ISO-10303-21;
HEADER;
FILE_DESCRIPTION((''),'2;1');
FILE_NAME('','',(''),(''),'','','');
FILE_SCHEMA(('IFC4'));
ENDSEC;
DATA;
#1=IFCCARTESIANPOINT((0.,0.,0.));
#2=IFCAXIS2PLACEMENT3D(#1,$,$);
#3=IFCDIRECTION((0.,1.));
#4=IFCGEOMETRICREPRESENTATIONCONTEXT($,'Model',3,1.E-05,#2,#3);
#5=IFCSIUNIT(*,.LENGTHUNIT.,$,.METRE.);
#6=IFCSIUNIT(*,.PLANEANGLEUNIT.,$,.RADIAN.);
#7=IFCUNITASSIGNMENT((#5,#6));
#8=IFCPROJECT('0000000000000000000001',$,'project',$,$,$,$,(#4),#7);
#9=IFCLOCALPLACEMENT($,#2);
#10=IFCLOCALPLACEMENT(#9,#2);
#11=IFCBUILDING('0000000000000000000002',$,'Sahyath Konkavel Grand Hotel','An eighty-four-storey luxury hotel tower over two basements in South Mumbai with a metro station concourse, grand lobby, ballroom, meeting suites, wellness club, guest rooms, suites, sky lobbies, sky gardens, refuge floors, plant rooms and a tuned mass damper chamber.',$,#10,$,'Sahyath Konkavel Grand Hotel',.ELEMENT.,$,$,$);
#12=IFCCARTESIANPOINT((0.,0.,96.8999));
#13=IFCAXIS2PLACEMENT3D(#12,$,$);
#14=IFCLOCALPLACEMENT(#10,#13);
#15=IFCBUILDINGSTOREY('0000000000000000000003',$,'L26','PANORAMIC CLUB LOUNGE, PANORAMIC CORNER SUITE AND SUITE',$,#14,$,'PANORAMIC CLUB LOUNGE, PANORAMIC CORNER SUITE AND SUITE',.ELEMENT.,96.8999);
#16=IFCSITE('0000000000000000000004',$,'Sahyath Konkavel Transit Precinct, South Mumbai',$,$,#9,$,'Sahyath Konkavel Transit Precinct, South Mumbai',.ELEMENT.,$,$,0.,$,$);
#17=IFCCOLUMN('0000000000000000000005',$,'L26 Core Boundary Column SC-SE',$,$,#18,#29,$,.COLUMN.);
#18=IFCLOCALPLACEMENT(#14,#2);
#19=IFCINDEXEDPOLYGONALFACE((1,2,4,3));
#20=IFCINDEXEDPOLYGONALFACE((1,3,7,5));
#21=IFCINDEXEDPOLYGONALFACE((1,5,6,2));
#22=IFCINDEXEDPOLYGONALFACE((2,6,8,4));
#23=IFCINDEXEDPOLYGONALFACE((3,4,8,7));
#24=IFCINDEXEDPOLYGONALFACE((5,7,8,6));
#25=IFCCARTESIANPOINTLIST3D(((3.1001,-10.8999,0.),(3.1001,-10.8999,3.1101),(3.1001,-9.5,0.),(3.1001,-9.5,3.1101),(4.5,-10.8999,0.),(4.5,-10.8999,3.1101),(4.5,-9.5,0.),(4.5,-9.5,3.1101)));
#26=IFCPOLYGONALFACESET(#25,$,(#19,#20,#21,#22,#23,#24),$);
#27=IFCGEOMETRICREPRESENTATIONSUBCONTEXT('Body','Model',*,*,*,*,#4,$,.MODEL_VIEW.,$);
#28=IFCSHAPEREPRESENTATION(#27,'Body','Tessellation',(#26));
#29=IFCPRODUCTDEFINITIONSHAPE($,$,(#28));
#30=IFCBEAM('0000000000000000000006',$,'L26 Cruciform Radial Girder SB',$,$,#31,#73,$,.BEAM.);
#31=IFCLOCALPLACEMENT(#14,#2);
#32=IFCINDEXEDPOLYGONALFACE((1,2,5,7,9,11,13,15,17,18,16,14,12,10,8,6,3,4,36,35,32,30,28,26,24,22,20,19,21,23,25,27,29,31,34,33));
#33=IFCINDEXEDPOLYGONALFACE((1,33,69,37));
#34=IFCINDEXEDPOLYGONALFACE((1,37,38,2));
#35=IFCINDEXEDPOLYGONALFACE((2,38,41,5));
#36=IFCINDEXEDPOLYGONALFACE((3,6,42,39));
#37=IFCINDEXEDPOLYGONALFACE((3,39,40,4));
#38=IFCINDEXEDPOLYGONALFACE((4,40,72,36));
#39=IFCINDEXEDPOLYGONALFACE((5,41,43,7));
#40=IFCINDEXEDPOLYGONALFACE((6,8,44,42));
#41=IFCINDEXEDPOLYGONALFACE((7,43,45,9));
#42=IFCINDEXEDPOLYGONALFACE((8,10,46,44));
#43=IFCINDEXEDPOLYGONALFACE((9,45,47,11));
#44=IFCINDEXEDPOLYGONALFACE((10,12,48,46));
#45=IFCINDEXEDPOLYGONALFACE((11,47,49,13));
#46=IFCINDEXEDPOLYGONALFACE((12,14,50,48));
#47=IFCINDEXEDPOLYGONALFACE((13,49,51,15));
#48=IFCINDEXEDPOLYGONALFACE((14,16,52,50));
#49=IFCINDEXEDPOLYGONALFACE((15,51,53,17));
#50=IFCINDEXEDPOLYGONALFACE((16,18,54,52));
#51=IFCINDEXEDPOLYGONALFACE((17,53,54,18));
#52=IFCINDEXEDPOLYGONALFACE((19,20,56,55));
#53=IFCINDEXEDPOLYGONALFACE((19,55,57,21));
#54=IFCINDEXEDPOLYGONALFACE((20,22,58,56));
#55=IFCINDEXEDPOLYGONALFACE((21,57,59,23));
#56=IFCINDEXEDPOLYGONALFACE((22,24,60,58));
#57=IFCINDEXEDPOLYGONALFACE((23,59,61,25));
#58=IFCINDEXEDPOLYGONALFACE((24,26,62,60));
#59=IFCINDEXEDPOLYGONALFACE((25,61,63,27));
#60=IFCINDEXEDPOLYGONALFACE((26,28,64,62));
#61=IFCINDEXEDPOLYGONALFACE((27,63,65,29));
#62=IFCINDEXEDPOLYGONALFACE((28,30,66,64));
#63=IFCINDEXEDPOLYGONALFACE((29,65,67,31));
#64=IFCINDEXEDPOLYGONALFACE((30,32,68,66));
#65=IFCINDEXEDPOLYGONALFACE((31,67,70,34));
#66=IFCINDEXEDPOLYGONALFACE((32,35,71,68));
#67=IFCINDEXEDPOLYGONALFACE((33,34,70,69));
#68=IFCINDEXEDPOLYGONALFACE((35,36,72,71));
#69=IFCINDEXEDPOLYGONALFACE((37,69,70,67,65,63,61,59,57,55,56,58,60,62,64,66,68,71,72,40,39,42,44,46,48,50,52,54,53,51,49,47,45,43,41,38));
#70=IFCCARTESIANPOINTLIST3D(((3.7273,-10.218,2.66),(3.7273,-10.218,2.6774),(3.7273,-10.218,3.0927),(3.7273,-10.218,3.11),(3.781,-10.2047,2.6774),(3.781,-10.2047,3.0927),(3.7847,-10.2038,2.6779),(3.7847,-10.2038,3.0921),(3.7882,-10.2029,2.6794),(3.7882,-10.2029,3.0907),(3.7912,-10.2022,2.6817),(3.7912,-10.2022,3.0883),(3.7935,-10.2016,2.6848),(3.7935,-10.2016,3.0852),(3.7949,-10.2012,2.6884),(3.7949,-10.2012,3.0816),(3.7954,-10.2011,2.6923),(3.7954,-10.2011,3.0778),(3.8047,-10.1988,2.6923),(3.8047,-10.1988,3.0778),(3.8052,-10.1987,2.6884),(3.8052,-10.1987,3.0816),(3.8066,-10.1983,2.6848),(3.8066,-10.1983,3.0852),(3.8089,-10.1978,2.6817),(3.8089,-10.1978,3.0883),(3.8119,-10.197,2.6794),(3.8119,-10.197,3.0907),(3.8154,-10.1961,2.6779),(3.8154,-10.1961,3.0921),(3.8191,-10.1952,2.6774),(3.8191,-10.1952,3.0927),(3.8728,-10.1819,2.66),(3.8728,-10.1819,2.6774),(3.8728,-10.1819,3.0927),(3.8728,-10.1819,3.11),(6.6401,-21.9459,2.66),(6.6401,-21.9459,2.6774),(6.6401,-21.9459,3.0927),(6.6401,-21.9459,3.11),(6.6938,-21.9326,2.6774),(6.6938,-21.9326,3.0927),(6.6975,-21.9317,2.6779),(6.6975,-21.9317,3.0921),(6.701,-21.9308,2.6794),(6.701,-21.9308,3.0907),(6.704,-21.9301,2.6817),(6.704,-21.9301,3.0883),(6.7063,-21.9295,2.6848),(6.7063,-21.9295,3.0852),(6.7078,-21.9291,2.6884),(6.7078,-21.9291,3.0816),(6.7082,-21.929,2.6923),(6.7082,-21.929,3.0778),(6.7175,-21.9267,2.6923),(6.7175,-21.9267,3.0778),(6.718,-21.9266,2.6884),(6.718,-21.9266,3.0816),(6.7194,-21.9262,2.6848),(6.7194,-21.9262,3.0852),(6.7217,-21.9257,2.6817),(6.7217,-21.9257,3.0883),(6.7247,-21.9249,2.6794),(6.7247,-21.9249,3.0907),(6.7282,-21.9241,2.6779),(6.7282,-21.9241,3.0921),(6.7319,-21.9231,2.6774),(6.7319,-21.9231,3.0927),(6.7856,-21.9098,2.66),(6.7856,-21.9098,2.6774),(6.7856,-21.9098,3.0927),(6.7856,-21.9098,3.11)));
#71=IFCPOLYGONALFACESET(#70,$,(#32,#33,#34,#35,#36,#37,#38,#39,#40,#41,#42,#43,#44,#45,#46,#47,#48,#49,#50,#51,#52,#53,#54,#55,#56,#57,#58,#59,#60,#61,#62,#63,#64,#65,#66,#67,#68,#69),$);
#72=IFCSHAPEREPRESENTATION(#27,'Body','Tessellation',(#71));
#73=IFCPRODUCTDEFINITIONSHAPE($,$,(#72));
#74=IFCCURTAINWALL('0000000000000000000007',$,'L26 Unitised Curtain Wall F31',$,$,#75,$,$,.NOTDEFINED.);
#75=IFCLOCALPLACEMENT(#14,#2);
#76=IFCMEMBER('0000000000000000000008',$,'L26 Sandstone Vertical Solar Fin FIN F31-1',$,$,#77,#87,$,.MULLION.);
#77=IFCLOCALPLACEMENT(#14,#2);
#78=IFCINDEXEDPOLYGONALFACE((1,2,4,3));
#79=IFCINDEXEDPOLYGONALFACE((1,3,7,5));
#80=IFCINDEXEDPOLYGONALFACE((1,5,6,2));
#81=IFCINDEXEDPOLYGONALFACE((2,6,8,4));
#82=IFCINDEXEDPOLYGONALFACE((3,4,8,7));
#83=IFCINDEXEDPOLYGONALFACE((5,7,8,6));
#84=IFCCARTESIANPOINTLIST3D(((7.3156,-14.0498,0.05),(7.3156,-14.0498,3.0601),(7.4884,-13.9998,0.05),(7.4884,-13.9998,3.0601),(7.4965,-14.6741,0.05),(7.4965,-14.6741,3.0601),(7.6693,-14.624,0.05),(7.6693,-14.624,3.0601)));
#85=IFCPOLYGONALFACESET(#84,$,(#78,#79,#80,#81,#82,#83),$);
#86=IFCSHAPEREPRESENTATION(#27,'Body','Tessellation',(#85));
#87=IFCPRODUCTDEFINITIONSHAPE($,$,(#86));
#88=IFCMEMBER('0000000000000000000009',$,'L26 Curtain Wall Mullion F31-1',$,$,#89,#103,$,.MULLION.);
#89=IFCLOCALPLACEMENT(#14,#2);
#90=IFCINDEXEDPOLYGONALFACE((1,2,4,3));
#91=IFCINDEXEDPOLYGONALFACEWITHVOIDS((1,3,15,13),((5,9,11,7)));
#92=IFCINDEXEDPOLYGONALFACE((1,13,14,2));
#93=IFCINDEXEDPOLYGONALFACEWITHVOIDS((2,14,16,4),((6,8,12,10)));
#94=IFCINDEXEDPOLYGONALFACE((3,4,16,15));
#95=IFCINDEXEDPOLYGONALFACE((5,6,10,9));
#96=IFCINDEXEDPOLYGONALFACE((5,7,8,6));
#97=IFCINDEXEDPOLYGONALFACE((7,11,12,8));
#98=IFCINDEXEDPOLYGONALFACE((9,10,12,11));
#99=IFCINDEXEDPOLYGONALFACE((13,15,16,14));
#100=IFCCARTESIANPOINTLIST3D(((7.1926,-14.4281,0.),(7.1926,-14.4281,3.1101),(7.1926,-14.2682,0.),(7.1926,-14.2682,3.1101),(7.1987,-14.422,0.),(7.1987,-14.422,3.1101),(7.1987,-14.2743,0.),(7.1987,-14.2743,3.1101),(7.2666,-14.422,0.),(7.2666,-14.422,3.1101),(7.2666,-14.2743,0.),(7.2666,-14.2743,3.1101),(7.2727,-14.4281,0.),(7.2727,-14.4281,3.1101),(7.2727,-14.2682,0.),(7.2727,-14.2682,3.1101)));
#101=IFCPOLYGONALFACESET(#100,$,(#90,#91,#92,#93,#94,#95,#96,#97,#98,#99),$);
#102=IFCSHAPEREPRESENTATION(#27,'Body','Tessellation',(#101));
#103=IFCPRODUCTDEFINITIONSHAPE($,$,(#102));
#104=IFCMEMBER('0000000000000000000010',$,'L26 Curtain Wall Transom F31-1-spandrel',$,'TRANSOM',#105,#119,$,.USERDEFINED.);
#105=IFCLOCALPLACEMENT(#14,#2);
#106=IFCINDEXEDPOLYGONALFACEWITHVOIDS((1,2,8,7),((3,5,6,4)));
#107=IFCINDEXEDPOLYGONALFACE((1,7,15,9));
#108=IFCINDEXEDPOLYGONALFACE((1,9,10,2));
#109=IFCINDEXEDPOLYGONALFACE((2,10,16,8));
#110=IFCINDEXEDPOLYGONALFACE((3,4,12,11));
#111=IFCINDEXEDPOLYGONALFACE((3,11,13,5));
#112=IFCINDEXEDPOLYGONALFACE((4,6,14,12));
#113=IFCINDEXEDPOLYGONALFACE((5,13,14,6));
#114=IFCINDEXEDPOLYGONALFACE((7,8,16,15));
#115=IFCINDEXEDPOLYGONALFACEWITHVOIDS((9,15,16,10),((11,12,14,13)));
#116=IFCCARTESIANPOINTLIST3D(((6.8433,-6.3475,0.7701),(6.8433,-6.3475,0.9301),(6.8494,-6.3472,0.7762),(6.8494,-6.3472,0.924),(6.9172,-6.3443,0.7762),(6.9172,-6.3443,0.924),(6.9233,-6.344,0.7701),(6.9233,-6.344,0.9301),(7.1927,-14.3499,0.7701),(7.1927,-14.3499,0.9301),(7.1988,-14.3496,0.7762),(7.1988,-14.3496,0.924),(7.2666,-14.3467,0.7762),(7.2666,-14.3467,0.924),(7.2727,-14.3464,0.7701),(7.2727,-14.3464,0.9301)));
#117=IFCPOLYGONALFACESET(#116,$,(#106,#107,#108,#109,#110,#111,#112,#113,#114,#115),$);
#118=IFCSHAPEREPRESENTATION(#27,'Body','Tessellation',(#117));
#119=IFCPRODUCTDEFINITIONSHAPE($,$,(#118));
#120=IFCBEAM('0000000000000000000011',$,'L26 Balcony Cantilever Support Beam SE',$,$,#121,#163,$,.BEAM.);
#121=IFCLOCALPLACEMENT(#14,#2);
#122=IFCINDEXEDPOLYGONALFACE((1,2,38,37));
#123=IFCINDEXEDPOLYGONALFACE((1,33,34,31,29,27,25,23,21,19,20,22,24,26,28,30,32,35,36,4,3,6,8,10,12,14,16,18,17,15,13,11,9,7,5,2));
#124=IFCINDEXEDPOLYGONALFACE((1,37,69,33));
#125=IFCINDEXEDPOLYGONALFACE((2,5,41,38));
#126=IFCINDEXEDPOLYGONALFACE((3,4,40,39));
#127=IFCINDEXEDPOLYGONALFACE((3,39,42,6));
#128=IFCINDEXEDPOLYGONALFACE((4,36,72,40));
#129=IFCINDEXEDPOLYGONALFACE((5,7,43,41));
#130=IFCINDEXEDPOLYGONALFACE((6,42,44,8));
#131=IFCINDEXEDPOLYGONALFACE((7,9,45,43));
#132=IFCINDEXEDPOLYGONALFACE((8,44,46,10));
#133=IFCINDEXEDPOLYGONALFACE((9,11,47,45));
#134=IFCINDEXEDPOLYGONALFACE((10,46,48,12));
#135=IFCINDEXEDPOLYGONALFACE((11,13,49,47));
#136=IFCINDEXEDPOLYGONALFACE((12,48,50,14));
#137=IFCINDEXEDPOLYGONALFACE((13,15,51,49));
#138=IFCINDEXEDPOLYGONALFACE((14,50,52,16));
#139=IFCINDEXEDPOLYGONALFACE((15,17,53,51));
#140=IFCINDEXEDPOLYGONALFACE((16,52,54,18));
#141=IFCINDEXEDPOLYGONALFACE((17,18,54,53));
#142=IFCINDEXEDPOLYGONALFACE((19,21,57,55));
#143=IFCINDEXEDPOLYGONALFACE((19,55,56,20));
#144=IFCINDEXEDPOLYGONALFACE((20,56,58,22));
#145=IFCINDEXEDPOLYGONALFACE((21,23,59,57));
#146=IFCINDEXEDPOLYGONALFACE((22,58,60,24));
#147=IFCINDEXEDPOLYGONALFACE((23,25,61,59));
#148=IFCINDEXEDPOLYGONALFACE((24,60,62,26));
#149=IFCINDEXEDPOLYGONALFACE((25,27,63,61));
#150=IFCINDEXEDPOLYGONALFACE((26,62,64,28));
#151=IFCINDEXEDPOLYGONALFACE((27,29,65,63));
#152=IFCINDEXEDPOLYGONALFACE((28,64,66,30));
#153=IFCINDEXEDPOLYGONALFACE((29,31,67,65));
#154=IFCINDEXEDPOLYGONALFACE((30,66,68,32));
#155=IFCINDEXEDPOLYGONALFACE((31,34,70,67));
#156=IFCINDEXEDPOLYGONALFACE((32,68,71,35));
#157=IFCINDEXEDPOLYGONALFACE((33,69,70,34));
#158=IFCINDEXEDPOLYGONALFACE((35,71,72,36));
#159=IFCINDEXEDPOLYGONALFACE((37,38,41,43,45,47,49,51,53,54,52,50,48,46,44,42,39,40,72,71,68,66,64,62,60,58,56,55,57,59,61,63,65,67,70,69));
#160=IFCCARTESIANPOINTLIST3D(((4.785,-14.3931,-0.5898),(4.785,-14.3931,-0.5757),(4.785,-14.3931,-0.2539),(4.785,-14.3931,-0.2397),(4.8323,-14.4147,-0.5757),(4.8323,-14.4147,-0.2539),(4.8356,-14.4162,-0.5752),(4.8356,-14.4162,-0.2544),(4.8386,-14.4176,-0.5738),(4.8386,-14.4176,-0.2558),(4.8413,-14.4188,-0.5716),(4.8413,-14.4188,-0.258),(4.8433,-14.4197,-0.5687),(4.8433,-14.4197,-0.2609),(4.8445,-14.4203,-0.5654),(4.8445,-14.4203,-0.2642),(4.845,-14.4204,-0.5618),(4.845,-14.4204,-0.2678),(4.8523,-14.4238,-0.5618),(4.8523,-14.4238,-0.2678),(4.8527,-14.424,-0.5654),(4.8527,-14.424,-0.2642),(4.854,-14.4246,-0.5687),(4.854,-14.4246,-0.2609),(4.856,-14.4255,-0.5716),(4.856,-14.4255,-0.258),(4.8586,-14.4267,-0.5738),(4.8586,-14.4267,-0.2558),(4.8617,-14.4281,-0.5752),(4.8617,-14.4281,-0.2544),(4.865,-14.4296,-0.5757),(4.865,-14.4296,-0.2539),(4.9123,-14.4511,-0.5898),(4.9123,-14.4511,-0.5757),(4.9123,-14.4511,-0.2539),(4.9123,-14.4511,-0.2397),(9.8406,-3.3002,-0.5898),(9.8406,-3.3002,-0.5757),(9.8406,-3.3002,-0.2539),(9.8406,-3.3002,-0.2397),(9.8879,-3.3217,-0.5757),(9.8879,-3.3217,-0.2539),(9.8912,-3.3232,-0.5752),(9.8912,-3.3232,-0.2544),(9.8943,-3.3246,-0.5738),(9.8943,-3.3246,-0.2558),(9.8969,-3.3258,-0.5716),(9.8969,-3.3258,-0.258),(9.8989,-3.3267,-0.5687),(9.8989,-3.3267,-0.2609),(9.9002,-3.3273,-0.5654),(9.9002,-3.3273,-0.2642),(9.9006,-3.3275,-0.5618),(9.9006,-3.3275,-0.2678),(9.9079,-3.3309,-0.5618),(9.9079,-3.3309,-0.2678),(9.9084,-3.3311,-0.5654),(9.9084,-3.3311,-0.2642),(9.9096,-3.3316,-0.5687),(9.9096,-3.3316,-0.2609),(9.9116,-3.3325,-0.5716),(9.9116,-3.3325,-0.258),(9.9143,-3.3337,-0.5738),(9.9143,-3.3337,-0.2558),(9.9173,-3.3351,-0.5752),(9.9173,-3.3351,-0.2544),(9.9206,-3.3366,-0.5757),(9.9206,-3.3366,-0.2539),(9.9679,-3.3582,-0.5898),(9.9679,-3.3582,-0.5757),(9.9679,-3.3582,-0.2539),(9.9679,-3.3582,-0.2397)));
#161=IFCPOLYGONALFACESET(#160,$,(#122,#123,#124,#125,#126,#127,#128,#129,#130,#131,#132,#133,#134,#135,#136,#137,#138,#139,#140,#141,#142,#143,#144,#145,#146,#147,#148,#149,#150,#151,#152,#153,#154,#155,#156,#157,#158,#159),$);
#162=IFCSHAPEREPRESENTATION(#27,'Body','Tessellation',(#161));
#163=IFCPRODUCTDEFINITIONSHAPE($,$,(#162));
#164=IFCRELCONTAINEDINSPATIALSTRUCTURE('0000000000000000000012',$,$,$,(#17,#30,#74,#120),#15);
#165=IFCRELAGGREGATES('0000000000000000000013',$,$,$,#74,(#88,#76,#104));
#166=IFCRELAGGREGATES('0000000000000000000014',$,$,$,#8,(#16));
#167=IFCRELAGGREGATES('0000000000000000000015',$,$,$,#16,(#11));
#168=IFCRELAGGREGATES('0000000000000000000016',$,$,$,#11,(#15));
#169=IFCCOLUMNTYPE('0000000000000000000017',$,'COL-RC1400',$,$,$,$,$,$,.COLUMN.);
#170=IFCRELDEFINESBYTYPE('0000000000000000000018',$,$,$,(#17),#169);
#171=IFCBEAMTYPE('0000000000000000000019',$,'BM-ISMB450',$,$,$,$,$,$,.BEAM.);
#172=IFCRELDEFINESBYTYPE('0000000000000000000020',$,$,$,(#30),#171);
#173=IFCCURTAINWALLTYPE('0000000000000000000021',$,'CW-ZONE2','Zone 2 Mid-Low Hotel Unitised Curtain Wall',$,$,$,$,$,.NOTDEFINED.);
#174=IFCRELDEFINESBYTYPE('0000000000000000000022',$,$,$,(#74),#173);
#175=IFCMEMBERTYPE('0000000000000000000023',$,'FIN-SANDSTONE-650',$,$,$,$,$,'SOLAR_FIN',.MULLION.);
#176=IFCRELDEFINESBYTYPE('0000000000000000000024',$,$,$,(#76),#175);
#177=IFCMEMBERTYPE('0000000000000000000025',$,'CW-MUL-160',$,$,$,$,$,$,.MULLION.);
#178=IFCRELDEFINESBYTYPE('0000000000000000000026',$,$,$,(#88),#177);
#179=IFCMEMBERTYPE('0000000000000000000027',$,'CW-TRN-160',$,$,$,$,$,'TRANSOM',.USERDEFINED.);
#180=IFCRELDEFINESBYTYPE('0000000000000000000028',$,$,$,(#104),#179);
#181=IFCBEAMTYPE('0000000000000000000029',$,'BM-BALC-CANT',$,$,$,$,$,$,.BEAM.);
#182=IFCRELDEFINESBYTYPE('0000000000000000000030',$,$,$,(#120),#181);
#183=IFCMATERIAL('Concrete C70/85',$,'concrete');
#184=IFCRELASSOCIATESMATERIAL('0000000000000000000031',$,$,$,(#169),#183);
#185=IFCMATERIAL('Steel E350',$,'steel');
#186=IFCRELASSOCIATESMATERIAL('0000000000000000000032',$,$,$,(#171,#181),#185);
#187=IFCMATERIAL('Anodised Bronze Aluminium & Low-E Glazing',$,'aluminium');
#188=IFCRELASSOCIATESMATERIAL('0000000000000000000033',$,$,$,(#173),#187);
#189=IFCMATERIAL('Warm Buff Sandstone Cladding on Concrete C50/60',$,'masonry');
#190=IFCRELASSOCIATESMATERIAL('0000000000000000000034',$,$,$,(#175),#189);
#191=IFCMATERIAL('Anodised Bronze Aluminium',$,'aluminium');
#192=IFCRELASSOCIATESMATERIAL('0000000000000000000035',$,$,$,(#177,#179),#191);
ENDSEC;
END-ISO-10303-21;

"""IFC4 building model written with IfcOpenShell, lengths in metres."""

from ifc_helpers import new_model, si_unit, direction, frame, origin, origin_2d, place, context, subcontext, project, spatial, rectangle, hollow_rectangle, i_section, extrude, source, transform, mapped, material, material_profile, profile_set, type_object, element, aggregate, save


model = new_model("IFC4")

# Units and contexts
model_context = context("Model", 3, precision=1e-05, world=origin(), true_north=direction((0.0, 1.0)))
body_context = subcontext(model_context, "Body", "Model", "MODEL_VIEW")
ifc_project = project(units=[si_unit("LENGTHUNIT", "METRE"), si_unit("PLANEANGLEUNIT", "RADIAN")], contexts=[model_context])

# Site, building, storey
site_placement = place(None, origin())
site = spatial("IfcSite", under=ifc_project, at=site_placement, Name="Sahyath Konkavel Transit Precinct, South Mumbai", LongName="Sahyath Konkavel Transit Precinct, South Mumbai", CompositionType="ELEMENT", RefElevation=0.0)
building_placement = place(site_placement, origin())
building = spatial("IfcBuilding", under=site, at=building_placement, Name="Sahyath Konkavel Grand Hotel", Description="An eighty-four-storey luxury hotel tower over two basements in South Mumbai with a metro station concourse, grand lobby, ballroom, meeting suites, wellness club, guest rooms, suites, sky lobbies, sky gardens, refuge floors, plant rooms and a tuned mass damper chamber.", LongName="Sahyath Konkavel Grand Hotel", CompositionType="ELEMENT")
storey_placement = place(building_placement, frame((0.0, 0.0, 96.8999)))
storey = spatial("IfcBuildingStorey", under=building, at=storey_placement, Name="L26", Description="PANORAMIC CLUB LOUNGE, PANORAMIC CORNER SUITE AND SUITE", LongName="PANORAMIC CLUB LOUNGE, PANORAMIC CORNER SUITE AND SUITE", CompositionType="ELEMENT", Elevation=96.8999)

# Column
ifc_material_1 = material(Name="Concrete C70/85", Category="concrete")
ifc_material_profile_1 = material_profile(ifc_material_1, rectangle(XDim=1.3999, YDim=1.3999, at=origin_2d()), Name="RC 1400x1400")
ifc_profile_set_1 = profile_set([ifc_material_profile_1], Name="Concrete C70/85")
column_type = type_object("IfcColumnType", Name="COL-RC1400", PredefinedType="COLUMN", material=ifc_profile_set_1)
shared_shape_1 = source(origin(), body_context, "Body", "SweptSolid", [
    extrude(rectangle(XDim=1.3999, YDim=1.3999, at=origin_2d()), origin(), (0.0, 0.0, 1.0), 3.1101),
])
column_placement = place(storey_placement, frame((3.8, -10.2, 0.0), z_axis=(0.0, 0.0, 1.0), x_axis=(1.0, 0.0, 0.0)))
element("IfcColumn", 1, at=column_placement, inside=storey, type_object=column_type, Name="L26 Core Boundary Column SC-SE", PredefinedType="COLUMN", context=body_context, shape_type="MappedRepresentation", body=[
    mapped(shared_shape_1, transform((0.0, 0.0, 0.0), scale=1.0)),
])

# Beam
ifc_material_2 = material(Name="Steel E350", Category="steel")
ifc_material_profile_2 = material_profile(ifc_material_2, i_section(OverallWidth=0.1499, OverallDepth=0.45, WebThickness=0.0095, FlangeThickness=0.0173, FilletRadius=0.0149, at=origin_2d()), Name="ISMB 450")
ifc_profile_set_2 = profile_set([ifc_material_profile_2], Name="Steel E350")
beam_type_1 = type_object("IfcBeamType", Name="BM-ISMB450", PredefinedType="BEAM", material=ifc_profile_set_2)
shared_shape_2 = source(origin(), body_context, "Body", "SweptSolid", [
    extrude(i_section(OverallWidth=0.1499, OverallDepth=0.45, WebThickness=0.0095, FlangeThickness=0.0173, FilletRadius=0.0149, at=origin_2d()), origin(), (0.0, 0.0, 1.0), 12.0842),
])
beam_1_placement = place(storey_placement, frame((3.8, -10.2, 2.885), z_axis=(0.241043, -0.970515, 0.0), x_axis=(0.970515, 0.241043, 0.0)))
element("IfcBeam", 2, at=beam_1_placement, inside=storey, type_object=beam_type_1, Name="L26 Cruciform Radial Girder SB", PredefinedType="BEAM", context=body_context, shape_type="MappedRepresentation", body=[
    mapped(shared_shape_2, transform((0.0, 0.0, 0.0), scale=1.0)),
])

# Curtain wall, members
ifc_material_3 = material(Name="Anodised Bronze Aluminium & Low-E Glazing", Category="aluminium")
curtain_wall_type = type_object("IfcCurtainWallType", Name="CW-ZONE2", Description="Zone 2 Mid-Low Hotel Unitised Curtain Wall", PredefinedType="NOTDEFINED", material=ifc_material_3)
curtain_wall_placement = place(storey_placement, origin())
curtain_wall = element("IfcCurtainWall", 3, at=curtain_wall_placement, inside=storey, type_object=curtain_wall_type, Name="L26 Unitised Curtain Wall F31", PredefinedType="NOTDEFINED")
ifc_material_4 = material(Name="Warm Buff Sandstone Cladding on Concrete C50/60", Category="masonry")
ifc_material_profile_3 = material_profile(ifc_material_4, rectangle(XDim=0.1799, YDim=0.6499, at=origin_2d()), Name="FIN 180x650")
ifc_profile_set_3 = profile_set([ifc_material_profile_3], Name="Warm Buff Sandstone Cladding on Concrete C50/60")
member_type_1 = type_object("IfcMemberType", Name="FIN-SANDSTONE-650", ElementType="SOLAR_FIN", PredefinedType="MULLION", material=ifc_profile_set_3)
shared_shape_3 = source(origin(), body_context, "Body", "SweptSolid", [
    extrude(rectangle(XDim=0.1799, YDim=0.6499, at=origin_2d()), origin(), (0.0, 0.0, 1.0), 3.01),
])
member_1_placement = place(storey_placement, frame((7.4924, -14.3369, 0.05), z_axis=(0.0, 0.0, 1.0), x_axis=(0.960488, 0.278321, 0.0)))
member_1 = element("IfcMember", 4, at=member_1_placement, type_object=member_type_1, Name="L26 Sandstone Vertical Solar Fin FIN F31-1", PredefinedType="MULLION", context=body_context, shape_type="MappedRepresentation", body=[
    mapped(shared_shape_3, transform((0.0, 0.0, 0.0), scale=1.0)),
])
ifc_material_5 = material(Name="Anodised Bronze Aluminium", Category="aluminium")
ifc_material_profile_4 = material_profile(ifc_material_5, hollow_rectangle(XDim=0.0801, YDim=0.1599, WallThickness=0.0061, at=origin_2d()), Name="RHS 160x80x6")
ifc_profile_set_4 = profile_set([ifc_material_profile_4], Name="Anodised Bronze Aluminium")
member_type_2 = type_object("IfcMemberType", Name="CW-MUL-160", PredefinedType="MULLION", material=ifc_profile_set_4)
shared_shape_4 = source(origin(), body_context, "Body", "SweptSolid", [
    extrude(hollow_rectangle(XDim=0.0801, YDim=0.1599, WallThickness=0.0061, at=origin_2d()), origin(), (0.0, 0.0, 1.0), 3.1101),
])
member_2_placement = place(storey_placement, frame((7.2327, -14.3481, 0.0), z_axis=(0.0, 0.0, 1.0), x_axis=(1.0, 0.0, 0.0)))
member_2 = element("IfcMember", 5, at=member_2_placement, type_object=member_type_2, Name="L26 Curtain Wall Mullion F31-1", PredefinedType="MULLION", context=body_context, shape_type="MappedRepresentation", body=[
    mapped(shared_shape_4, transform((0.0, 0.0, 0.0), scale=1.0)),
])
ifc_material_profile_5 = material_profile(ifc_material_5, hollow_rectangle(XDim=0.0801, YDim=0.1599, WallThickness=0.0061, at=origin_2d()), Name="RHS 160x80x6")
ifc_profile_set_5 = profile_set([ifc_material_profile_5], Name="Anodised Bronze Aluminium")
member_type_3 = type_object("IfcMemberType", Name="CW-TRN-160", ElementType="TRANSOM", PredefinedType="USERDEFINED", material=ifc_profile_set_5)
shared_shape_5 = source(origin(), body_context, "Body", "SweptSolid", [
    extrude(hollow_rectangle(XDim=0.0801, YDim=0.1599, WallThickness=0.0061, at=origin_2d()), origin(), (0.0, 0.0, 1.0), 8.01),
])
member_3_placement = place(storey_placement, frame((7.2327, -14.3481, 0.8501), z_axis=(-0.043616, 0.999048, 0.0), x_axis=(-0.999048, -0.043616, 0.0)))
member_3 = element("IfcMember", 6, at=member_3_placement, type_object=member_type_3, Name="L26 Curtain Wall Transom F31-1-spandrel", ObjectType="TRANSOM", PredefinedType="USERDEFINED", context=body_context, shape_type="MappedRepresentation", body=[
    mapped(shared_shape_5, transform((0.0, 0.0, 0.0), scale=1.0)),
])

# Beam
ifc_material_profile_6 = material_profile(ifc_material_2, i_section(OverallWidth=0.1399, OverallDepth=0.3501, WebThickness=0.0081, FlangeThickness=0.0142, FilletRadius=0.0139, at=origin_2d()), Name="ISMB 350")
ifc_profile_set_6 = profile_set([ifc_material_profile_6], Name="Steel E350")
beam_type_2 = type_object("IfcBeamType", Name="BM-BALC-CANT", PredefinedType="BEAM", material=ifc_profile_set_6)
shared_shape_6 = source(origin(), body_context, "Body", "SweptSolid", [
    extrude(i_section(OverallWidth=0.1399, OverallDepth=0.3501, WebThickness=0.0081, FlangeThickness=0.0142, FilletRadius=0.0139, at=origin_2d()), origin(), (0.0, 0.0, 1.0), 12.1907),
])
beam_2_placement = place(storey_placement, frame((4.8486, -14.4221, -0.4148), z_axis=(0.414713, 0.909952, 0.0), x_axis=(-0.909952, 0.414713, 0.0)))
element("IfcBeam", 7, at=beam_2_placement, inside=storey, type_object=beam_type_2, Name="L26 Balcony Cantilever Support Beam SE", PredefinedType="BEAM", context=body_context, shape_type="MappedRepresentation", body=[
    mapped(shared_shape_6, transform((0.0, 0.0, 0.0), scale=1.0)),
])

aggregate(curtain_wall, [member_2, member_1, member_3])

save(model, "model.ifc")
